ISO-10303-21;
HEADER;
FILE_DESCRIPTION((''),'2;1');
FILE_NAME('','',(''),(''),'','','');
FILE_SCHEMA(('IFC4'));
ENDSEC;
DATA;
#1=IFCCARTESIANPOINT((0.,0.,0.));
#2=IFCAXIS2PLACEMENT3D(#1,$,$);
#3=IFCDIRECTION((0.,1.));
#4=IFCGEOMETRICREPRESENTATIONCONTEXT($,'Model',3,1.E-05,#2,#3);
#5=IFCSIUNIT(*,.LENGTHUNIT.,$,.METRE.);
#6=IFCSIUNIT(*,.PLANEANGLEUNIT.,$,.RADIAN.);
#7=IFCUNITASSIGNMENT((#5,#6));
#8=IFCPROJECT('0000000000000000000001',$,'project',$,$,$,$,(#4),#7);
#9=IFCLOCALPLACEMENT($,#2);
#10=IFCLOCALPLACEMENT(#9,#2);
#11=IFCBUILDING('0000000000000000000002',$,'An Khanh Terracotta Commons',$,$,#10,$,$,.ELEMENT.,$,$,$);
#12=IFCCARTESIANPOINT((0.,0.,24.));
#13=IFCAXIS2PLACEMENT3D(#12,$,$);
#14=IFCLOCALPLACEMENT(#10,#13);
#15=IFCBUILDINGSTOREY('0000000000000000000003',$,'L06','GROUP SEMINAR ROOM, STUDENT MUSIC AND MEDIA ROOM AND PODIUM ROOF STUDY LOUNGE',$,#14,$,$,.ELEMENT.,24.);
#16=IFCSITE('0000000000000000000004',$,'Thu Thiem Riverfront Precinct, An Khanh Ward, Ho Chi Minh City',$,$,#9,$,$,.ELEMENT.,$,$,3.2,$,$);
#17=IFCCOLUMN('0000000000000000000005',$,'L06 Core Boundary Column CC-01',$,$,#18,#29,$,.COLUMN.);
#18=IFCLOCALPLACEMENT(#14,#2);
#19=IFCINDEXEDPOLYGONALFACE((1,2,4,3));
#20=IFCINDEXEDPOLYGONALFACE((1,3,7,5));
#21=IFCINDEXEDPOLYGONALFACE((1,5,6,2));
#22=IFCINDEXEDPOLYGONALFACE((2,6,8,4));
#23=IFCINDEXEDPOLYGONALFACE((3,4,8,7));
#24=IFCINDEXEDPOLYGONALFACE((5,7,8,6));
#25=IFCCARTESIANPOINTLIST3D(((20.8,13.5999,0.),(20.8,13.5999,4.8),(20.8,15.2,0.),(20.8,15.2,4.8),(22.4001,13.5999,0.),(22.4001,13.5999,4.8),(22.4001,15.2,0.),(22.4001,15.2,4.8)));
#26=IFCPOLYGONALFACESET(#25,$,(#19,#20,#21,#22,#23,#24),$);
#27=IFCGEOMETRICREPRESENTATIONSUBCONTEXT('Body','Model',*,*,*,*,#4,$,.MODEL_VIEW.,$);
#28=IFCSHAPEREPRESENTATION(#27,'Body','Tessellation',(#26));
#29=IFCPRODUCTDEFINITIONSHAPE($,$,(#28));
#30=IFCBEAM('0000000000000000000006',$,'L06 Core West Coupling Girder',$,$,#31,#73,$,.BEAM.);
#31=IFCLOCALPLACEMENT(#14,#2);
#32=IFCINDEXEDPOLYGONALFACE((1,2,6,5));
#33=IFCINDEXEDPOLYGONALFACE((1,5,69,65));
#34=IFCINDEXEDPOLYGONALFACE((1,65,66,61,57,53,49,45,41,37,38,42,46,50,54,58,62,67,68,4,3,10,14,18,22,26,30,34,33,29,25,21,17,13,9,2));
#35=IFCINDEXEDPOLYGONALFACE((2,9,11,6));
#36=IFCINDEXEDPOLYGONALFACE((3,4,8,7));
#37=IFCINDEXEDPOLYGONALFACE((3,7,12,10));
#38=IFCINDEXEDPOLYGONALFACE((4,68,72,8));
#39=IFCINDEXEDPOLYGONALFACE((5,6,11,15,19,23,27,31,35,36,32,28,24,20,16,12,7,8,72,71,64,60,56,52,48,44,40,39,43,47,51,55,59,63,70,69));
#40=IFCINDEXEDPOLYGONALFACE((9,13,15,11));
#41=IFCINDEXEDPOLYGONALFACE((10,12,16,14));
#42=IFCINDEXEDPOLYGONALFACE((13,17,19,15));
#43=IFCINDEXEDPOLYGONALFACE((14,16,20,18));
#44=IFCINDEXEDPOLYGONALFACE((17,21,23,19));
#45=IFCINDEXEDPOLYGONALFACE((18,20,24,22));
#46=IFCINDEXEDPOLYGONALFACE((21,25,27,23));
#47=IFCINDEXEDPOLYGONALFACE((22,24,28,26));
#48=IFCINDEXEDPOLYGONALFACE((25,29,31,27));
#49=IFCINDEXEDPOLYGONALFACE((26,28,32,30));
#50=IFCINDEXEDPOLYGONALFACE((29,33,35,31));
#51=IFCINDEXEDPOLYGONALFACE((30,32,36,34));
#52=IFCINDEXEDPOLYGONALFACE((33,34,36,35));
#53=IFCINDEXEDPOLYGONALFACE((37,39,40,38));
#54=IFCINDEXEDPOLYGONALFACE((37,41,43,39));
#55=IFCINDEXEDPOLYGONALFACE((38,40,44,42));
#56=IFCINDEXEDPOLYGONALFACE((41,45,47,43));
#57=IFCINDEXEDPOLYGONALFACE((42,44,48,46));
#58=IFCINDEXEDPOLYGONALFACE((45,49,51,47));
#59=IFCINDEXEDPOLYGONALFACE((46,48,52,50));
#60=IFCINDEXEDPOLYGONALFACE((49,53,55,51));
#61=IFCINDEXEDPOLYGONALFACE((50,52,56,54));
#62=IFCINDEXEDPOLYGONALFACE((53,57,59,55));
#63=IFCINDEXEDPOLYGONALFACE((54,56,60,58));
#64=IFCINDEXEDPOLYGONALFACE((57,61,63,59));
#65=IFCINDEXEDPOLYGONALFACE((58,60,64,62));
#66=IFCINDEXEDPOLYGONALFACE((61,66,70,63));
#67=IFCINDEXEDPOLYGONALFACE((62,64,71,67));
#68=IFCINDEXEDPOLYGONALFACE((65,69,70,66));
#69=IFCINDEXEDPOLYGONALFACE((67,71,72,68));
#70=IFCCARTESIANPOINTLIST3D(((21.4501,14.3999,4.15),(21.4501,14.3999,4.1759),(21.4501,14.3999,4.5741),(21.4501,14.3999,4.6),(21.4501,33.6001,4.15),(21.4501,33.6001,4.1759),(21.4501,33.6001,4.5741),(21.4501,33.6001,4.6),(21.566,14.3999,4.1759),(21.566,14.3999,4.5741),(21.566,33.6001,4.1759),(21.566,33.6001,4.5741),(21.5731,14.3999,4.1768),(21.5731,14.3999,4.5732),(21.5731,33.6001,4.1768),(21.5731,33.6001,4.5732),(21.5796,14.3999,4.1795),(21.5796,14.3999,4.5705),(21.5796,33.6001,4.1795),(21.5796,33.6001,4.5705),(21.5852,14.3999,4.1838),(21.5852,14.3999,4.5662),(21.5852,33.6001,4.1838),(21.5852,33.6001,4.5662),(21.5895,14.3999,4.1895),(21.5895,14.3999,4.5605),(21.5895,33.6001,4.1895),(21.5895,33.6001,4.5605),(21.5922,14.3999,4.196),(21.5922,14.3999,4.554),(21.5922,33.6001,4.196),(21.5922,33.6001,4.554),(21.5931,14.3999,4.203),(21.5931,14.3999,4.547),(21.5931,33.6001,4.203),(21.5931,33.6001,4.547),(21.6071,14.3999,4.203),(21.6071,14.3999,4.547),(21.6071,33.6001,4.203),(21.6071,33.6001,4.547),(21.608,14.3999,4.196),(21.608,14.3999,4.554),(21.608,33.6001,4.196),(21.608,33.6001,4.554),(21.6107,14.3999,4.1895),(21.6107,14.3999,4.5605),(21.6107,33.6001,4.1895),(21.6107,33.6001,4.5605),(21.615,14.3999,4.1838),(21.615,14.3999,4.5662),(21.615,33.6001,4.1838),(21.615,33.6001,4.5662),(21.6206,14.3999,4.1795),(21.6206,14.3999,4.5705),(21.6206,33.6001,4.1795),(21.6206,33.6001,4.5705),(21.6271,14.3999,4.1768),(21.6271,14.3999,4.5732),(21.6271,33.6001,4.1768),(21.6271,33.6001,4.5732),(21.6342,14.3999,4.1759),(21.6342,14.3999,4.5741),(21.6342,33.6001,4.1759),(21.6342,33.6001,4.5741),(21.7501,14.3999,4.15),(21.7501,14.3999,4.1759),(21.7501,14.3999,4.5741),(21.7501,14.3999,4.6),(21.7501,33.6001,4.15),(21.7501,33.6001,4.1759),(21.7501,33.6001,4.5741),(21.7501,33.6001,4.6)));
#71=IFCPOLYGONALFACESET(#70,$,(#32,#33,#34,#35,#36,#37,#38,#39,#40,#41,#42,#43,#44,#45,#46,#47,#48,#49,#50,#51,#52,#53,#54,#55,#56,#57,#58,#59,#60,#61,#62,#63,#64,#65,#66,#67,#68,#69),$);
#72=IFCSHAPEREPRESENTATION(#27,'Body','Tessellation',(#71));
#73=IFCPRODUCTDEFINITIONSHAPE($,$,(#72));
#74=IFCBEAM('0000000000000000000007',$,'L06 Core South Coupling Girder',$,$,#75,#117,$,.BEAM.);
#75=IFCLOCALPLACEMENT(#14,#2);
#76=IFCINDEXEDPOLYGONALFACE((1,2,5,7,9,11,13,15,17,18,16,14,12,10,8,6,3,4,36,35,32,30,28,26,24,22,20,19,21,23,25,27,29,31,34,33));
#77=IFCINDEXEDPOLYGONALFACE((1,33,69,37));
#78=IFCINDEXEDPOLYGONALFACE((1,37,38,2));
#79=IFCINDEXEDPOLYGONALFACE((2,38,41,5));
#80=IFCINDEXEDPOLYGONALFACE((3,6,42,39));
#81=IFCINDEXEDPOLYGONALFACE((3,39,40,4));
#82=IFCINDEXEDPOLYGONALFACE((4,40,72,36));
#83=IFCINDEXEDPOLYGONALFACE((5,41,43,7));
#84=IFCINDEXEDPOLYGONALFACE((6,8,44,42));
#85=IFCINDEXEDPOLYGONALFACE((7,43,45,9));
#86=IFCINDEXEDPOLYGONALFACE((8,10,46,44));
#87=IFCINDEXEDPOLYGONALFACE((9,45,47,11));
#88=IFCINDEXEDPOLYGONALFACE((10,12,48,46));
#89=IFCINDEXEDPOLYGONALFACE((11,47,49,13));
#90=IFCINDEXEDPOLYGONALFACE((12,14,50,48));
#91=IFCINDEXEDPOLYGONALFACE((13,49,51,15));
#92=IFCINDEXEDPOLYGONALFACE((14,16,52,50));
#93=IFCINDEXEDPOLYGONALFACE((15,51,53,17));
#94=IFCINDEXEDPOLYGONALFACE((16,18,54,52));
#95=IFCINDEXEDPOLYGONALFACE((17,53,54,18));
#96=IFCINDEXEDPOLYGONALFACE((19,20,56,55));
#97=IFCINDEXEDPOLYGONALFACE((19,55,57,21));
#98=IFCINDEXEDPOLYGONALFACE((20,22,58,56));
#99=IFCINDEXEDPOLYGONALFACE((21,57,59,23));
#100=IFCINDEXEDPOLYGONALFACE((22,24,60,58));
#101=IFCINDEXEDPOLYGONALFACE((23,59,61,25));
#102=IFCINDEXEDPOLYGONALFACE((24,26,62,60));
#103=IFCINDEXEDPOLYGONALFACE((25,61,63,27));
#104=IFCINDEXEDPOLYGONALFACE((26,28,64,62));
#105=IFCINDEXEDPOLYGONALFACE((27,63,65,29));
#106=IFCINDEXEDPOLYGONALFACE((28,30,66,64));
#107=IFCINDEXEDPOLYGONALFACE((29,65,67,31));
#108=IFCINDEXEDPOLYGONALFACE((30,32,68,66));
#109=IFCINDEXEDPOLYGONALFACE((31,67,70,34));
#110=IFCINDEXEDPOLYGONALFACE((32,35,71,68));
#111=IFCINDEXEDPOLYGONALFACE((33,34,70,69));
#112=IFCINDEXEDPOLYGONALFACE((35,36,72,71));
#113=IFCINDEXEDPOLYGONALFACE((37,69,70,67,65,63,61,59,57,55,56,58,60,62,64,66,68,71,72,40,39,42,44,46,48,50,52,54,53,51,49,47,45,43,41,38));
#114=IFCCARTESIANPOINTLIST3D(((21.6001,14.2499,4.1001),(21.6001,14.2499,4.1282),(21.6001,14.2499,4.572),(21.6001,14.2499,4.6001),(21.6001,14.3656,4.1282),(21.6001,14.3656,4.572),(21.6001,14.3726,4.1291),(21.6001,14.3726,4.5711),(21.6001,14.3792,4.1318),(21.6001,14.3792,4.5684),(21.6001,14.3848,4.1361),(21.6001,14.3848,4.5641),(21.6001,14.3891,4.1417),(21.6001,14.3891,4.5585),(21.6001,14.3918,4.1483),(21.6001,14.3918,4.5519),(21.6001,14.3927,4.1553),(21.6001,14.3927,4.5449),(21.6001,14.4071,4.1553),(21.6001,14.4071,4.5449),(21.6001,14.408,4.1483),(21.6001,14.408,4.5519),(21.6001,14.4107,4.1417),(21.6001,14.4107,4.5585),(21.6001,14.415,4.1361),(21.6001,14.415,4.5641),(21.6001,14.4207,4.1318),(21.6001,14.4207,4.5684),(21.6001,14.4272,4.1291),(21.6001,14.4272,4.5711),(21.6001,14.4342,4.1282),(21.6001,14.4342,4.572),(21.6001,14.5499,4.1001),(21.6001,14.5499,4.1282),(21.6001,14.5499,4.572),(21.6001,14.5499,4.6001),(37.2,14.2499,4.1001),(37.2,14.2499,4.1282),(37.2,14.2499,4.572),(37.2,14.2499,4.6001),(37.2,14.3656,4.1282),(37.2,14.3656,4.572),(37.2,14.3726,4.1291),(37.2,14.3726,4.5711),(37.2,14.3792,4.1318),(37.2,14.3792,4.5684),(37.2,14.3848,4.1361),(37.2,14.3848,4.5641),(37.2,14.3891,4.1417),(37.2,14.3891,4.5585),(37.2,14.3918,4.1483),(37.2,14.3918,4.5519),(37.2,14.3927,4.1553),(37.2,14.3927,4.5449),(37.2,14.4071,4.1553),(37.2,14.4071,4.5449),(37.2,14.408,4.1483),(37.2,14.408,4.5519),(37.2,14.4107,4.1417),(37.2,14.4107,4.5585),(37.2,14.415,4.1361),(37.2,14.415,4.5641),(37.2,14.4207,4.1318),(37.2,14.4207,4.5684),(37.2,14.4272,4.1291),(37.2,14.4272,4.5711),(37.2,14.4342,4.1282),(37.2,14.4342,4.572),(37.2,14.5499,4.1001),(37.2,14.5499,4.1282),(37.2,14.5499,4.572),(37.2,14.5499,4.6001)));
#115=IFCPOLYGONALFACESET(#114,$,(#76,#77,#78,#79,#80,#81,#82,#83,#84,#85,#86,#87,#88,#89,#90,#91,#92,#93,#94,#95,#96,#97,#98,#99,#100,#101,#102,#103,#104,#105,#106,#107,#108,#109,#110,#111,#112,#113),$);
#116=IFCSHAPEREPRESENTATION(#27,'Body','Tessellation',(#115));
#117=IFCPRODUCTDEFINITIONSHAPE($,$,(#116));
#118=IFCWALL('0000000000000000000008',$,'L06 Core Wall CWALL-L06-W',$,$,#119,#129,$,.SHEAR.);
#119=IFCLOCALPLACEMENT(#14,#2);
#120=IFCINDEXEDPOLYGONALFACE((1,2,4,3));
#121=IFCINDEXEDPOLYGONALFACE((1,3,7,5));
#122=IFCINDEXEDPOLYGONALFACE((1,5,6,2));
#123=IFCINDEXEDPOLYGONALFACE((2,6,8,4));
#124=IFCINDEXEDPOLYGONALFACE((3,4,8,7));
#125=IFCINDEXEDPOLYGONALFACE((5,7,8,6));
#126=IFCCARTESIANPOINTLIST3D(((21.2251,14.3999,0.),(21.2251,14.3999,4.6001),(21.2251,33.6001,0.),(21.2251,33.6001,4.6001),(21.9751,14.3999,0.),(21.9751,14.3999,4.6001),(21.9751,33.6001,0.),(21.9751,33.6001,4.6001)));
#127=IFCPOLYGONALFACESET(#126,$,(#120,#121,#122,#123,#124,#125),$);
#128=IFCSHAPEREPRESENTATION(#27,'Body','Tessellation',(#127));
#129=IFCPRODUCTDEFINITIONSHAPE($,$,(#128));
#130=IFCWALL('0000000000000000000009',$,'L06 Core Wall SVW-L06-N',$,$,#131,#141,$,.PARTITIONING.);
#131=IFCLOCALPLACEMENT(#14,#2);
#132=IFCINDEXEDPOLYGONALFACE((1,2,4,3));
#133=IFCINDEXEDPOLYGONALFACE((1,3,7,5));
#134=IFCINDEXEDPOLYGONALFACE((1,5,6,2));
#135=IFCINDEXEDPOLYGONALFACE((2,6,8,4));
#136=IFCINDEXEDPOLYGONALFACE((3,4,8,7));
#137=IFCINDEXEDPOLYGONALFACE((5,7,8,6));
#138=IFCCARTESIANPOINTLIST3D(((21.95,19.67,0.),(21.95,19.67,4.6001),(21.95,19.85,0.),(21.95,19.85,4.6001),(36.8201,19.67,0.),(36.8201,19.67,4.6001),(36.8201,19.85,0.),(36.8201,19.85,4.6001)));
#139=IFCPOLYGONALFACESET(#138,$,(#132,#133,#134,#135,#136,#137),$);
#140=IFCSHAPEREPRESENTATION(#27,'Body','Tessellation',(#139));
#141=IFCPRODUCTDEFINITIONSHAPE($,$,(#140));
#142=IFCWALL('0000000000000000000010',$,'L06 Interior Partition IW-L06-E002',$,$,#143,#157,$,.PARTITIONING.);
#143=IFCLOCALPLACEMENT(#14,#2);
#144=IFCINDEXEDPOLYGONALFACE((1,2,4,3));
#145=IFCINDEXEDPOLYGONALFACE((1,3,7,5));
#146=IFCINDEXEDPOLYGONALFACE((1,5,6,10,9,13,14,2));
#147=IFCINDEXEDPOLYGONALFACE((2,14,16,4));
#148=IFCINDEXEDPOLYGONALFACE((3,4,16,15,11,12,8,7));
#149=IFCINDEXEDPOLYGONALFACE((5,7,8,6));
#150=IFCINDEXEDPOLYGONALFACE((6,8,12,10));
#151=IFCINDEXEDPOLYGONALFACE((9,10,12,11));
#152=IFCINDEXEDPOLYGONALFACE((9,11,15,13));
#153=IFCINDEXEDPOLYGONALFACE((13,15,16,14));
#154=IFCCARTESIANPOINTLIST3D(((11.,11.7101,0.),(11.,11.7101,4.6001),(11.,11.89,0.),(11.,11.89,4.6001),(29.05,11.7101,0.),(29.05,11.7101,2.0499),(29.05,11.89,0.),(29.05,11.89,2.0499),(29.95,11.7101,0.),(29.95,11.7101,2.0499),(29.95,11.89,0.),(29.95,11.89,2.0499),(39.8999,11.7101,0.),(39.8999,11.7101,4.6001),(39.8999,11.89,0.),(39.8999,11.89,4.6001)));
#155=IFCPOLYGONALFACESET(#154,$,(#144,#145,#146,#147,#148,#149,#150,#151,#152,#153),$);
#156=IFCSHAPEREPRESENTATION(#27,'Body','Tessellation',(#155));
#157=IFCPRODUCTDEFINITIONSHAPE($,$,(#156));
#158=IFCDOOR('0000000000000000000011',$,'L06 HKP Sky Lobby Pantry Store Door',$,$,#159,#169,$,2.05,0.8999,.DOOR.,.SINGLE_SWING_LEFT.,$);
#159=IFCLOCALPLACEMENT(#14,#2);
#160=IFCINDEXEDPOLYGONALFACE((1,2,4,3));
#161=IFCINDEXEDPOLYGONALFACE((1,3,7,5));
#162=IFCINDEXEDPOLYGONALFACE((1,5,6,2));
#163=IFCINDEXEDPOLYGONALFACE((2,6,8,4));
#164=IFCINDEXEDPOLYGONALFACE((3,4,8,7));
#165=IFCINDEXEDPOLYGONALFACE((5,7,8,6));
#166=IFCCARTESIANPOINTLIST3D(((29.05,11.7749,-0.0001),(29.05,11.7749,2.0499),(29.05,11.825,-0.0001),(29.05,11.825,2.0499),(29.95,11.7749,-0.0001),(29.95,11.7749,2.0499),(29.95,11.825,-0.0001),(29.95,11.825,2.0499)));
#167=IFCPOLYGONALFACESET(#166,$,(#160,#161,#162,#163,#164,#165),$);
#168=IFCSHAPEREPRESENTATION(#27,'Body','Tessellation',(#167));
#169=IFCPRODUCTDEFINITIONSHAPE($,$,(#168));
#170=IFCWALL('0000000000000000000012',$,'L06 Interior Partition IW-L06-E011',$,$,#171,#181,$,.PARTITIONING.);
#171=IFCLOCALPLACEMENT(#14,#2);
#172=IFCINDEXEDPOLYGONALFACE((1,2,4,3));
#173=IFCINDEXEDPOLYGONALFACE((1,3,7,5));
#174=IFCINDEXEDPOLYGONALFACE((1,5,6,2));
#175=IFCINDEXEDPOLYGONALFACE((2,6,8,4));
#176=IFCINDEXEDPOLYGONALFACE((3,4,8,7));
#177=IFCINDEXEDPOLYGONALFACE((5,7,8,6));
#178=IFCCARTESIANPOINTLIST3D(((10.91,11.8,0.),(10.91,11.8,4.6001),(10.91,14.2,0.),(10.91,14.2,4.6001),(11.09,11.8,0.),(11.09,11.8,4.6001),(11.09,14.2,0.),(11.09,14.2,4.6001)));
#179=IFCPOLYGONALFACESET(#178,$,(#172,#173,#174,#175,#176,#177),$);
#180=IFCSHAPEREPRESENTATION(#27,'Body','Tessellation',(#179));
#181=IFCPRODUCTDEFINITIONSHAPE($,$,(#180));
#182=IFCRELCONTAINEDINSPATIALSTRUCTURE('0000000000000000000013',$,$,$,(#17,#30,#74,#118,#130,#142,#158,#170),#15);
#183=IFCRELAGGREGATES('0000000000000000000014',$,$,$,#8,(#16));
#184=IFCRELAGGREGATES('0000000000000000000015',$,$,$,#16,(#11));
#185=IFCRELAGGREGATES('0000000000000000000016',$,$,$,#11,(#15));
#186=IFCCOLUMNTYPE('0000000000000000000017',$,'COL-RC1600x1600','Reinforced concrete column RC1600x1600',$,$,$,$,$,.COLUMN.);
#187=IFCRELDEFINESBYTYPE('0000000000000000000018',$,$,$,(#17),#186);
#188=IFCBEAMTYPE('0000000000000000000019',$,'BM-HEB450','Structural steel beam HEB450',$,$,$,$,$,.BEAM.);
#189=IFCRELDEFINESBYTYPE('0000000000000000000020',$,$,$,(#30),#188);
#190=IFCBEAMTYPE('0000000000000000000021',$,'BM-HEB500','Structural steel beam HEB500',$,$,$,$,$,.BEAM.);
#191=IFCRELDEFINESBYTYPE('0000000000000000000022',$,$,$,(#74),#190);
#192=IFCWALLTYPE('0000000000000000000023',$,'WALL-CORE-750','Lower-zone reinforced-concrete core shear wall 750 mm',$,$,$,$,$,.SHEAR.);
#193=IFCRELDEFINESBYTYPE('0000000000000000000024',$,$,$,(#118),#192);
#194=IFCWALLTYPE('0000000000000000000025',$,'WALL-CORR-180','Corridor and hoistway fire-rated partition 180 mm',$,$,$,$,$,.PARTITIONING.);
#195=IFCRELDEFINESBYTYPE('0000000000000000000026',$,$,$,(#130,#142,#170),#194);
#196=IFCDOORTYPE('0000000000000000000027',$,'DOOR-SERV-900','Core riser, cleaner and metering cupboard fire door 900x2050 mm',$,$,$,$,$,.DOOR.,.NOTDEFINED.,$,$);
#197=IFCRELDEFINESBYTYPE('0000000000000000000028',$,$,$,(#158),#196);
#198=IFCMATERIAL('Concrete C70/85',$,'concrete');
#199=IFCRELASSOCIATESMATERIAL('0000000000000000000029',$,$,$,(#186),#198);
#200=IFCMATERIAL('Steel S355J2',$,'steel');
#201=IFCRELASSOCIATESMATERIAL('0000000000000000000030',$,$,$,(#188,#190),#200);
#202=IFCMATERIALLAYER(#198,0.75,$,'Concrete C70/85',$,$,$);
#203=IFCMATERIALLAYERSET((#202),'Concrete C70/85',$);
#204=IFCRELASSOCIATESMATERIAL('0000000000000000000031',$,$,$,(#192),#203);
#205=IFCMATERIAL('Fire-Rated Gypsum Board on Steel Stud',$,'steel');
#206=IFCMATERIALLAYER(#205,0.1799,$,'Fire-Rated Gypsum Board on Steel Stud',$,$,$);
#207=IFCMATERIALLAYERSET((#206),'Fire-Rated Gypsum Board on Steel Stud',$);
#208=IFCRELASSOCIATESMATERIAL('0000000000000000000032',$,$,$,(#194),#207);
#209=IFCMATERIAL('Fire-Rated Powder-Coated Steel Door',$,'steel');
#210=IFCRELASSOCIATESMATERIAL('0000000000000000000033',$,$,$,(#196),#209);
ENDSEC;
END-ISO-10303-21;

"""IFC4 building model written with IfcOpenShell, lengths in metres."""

from ifc_helpers import new_model, si_unit, direction, frame, frame_2d, origin, origin_2d, place, context, subcontext, project, spatial, rectangle, i_section, extrude, material, layer, layer_set, material_profile, profile_set, type_object, element, fill, save


model = new_model("IFC4")

# Units and contexts
model_context = context("Model", 3, precision=1e-05, world=origin(), true_north=direction((0.0, 1.0)))
body_context = subcontext(model_context, "Body", "Model", "MODEL_VIEW")
ifc_project = project(units=[si_unit("LENGTHUNIT", "METRE"), si_unit("PLANEANGLEUNIT", "RADIAN")], contexts=[model_context])

# Site, building, storey
site_placement = place(None, origin())
site = spatial("IfcSite", under=ifc_project, at=site_placement, Name="Thu Thiem Riverfront Precinct, An Khanh Ward, Ho Chi Minh City", CompositionType="ELEMENT", RefElevation=3.2)
building_placement = place(site_placement, origin())
building = spatial("IfcBuilding", under=site, at=building_placement, Name="An Khanh Terracotta Commons", CompositionType="ELEMENT")
storey_placement = place(building_placement, frame((0.0, 0.0, 24.0)))
storey = spatial("IfcBuildingStorey", under=building, at=storey_placement, Name="L06", Description="GROUP SEMINAR ROOM, STUDENT MUSIC AND MEDIA ROOM AND PODIUM ROOF STUDY LOUNGE", CompositionType="ELEMENT", Elevation=24.0)

# Column
ifc_material_1 = material(Name="Concrete C70/85", Category="concrete")
ifc_material_profile_1 = material_profile(ifc_material_1, rectangle(XDim=1.6001, YDim=1.6001, at=origin_2d()), Name="RC1600x1600")
ifc_profile_set_1 = profile_set([ifc_material_profile_1], Name="Concrete C70/85")
column_type = type_object("IfcColumnType", Name="COL-RC1600x1600", Description="Reinforced concrete column RC1600x1600", PredefinedType="COLUMN", material=ifc_profile_set_1)
column_placement = place(storey_placement, frame((21.6001, 14.3999, 0.0), z_axis=(0.0, 0.0, 1.0), x_axis=(1.0, 0.0, 0.0)))
element("IfcColumn", 1, at=column_placement, inside=storey, type_object=column_type, Name="L06 Core Boundary Column CC-01", PredefinedType="COLUMN", context=body_context, shape_type="SweptSolid", body=[
    extrude(rectangle(XDim=1.6001, YDim=1.6001, at=origin_2d()), origin(), (0.0, 0.0, 1.0), 4.8),
])

# Beams
ifc_material_2 = material(Name="Steel S355J2", Category="steel")
ifc_material_profile_2 = material_profile(ifc_material_2, i_section(OverallWidth=0.3, OverallDepth=0.45, WebThickness=0.0139, FlangeThickness=0.0259, FilletRadius=0.0271, at=origin_2d()), Name="HEB450")
ifc_profile_set_2 = profile_set([ifc_material_profile_2], Name="Steel S355J2")
beam_type_1 = type_object("IfcBeamType", Name="BM-HEB450", Description="Structural steel beam HEB450", PredefinedType="BEAM", material=ifc_profile_set_2)
beam_1_placement = place(storey_placement, frame((21.6001, 14.3999, 4.375), z_axis=(0.0, 1.0, 0.0), x_axis=(-1.0, 0.0, 0.0)))
element("IfcBeam", 2, at=beam_1_placement, inside=storey, type_object=beam_type_1, Name="L06 Core West Coupling Girder", PredefinedType="BEAM", context=body_context, shape_type="SweptSolid", body=[
    extrude(i_section(OverallWidth=0.3, OverallDepth=0.45, WebThickness=0.0139, FlangeThickness=0.0259, FilletRadius=0.0271, at=origin_2d()), origin(), (0.0, 0.0, 1.0), 19.2002),
])
ifc_material_profile_3 = material_profile(ifc_material_2, i_section(OverallWidth=0.3, OverallDepth=0.5, WebThickness=0.0144, FlangeThickness=0.0281, FilletRadius=0.0271, at=origin_2d()), Name="HEB500")
ifc_profile_set_3 = profile_set([ifc_material_profile_3], Name="Steel S355J2")
beam_type_2 = type_object("IfcBeamType", Name="BM-HEB500", Description="Structural steel beam HEB500", PredefinedType="BEAM", material=ifc_profile_set_3)
beam_2_placement = place(storey_placement, frame((21.6001, 14.3999, 4.3501), z_axis=(1.0, 0.0, 0.0), x_axis=(0.0, 1.0, 0.0)))
element("IfcBeam", 3, at=beam_2_placement, inside=storey, type_object=beam_type_2, Name="L06 Core South Coupling Girder", PredefinedType="BEAM", context=body_context, shape_type="SweptSolid", body=[
    extrude(i_section(OverallWidth=0.3, OverallDepth=0.5, WebThickness=0.0144, FlangeThickness=0.0281, FilletRadius=0.0271, at=origin_2d()), origin(), (0.0, 0.0, 1.0), 15.5999),
])

# Walls
ifc_layer_1 = layer(ifc_material_1, 0.75, Name="Concrete C70/85")
ifc_layer_set_1 = layer_set([ifc_layer_1], Name="Concrete C70/85")
wall_type_1 = type_object("IfcWallType", Name="WALL-CORE-750", Description="Lower-zone reinforced-concrete core shear wall 750 mm", PredefinedType="SHEAR", material=ifc_layer_set_1)
wall_1_placement = place(storey_placement, frame((21.6001, 14.3999, 0.0), z_axis=(0.0, 0.0, 1.0), x_axis=(0.0, 1.0, 0.0)))
element("IfcWall", 4, at=wall_1_placement, inside=storey, type_object=wall_type_1, Name="L06 Core Wall CWALL-L06-W", PredefinedType="SHEAR", context=body_context, shape_type="SweptSolid", body=[
    extrude(rectangle(XDim=19.2002, YDim=0.75, at=frame_2d((9.6001, 0.0))), origin(), (0.0, 0.0, 1.0), 4.6001),
])
ifc_material_3 = material(Name="Fire-Rated Gypsum Board on Steel Stud", Category="steel")
ifc_layer_2 = layer(ifc_material_3, 0.1799, Name="Fire-Rated Gypsum Board on Steel Stud")
ifc_layer_set_2 = layer_set([ifc_layer_2], Name="Fire-Rated Gypsum Board on Steel Stud")
wall_type_2 = type_object("IfcWallType", Name="WALL-CORR-180", Description="Corridor and hoistway fire-rated partition 180 mm", PredefinedType="PARTITIONING", material=ifc_layer_set_2)
wall_2_placement = place(storey_placement, frame((21.95, 19.76, 0.0), z_axis=(0.0, 0.0, 1.0), x_axis=(1.0, 0.0, 0.0)))
element("IfcWall", 5, at=wall_2_placement, inside=storey, type_object=wall_type_2, Name="L06 Core Wall SVW-L06-N", PredefinedType="PARTITIONING", context=body_context, shape_type="SweptSolid", body=[
    extrude(rectangle(XDim=14.8701, YDim=0.1799, at=frame_2d((7.4351, 0.0))), origin(), (0.0, 0.0, 1.0), 4.6001),
])

# Wall, opening, door
wall_3_placement = place(storey_placement, frame((11.0, 11.8, 0.0), z_axis=(0.0, 0.0, 1.0), x_axis=(1.0, 0.0, 0.0)))
wall_3 = element("IfcWall", 6, at=wall_3_placement, inside=storey, type_object=wall_type_2, Name="L06 Interior Partition IW-L06-E002", PredefinedType="PARTITIONING", context=body_context, shape_type="SweptSolid", body=[
    extrude(rectangle(XDim=28.8999, YDim=0.1799, at=frame_2d((14.45, 0.0))), origin(), (0.0, 0.0, 1.0), 4.6001),
])
opening_1_placement = place(wall_3_placement, frame((18.05, 0.0, 0.0)))
opening_1 = element("IfcOpeningElement", 7, at=opening_1_placement, cuts=wall_3, PredefinedType="OPENING", context=body_context, shape_type="SweptSolid", body=[
    extrude(rectangle(XDim=0.8999, YDim=2.05, at=frame_2d((0.45, 1.0249))), frame((0.0, 0.0999, 0.0), z_axis=(0.0, -1.0, 0.0), x_axis=(1.0, 0.0, 0.0)), (0.0, 0.0, 1.0), 0.2),
])
ifc_material_4 = material(Name="Fire-Rated Powder-Coated Steel Door", Category="steel")
door_type_1 = type_object("IfcDoorType", Name="DOOR-SERV-900", Description="Core riser, cleaner and metering cupboard fire door 900x2050 mm", OperationType="NOTDEFINED", PredefinedType="DOOR", material=ifc_material_4)
door_1_placement = place(opening_1_placement, origin())
door_1 = element("IfcDoor", 8, at=door_1_placement, inside=storey, type_object=door_type_1, Name="L06 HKP Sky Lobby Pantry Store Door", OperationType="SINGLE_SWING_LEFT", OverallHeight=2.05, OverallWidth=0.8999, PredefinedType="DOOR", context=body_context, shape_type="SweptSolid", body=[
    extrude(rectangle(XDim=0.8999, YDim=2.05, at=frame_2d((0.45, 1.0249))), frame((0.0, 0.0249, 0.0), z_axis=(0.0, -1.0, 0.0), x_axis=(1.0, 0.0, 0.0)), (0.0, 0.0, 1.0), 0.05),
])
fill(opening_1, door_1)

# Wall
wall_4_placement = place(storey_placement, frame((11.0, 11.8, 0.0), z_axis=(0.0, 0.0, 1.0), x_axis=(0.0, 1.0, 0.0)))
element("IfcWall", 9, at=wall_4_placement, inside=storey, type_object=wall_type_2, Name="L06 Interior Partition IW-L06-E011", PredefinedType="PARTITIONING", context=body_context, shape_type="SweptSolid", body=[
    extrude(rectangle(XDim=2.3999, YDim=0.1799, at=frame_2d((1.2, 0.0))), origin(), (0.0, 0.0, 1.0), 4.6001),
])

save(model, "model.ifc")
